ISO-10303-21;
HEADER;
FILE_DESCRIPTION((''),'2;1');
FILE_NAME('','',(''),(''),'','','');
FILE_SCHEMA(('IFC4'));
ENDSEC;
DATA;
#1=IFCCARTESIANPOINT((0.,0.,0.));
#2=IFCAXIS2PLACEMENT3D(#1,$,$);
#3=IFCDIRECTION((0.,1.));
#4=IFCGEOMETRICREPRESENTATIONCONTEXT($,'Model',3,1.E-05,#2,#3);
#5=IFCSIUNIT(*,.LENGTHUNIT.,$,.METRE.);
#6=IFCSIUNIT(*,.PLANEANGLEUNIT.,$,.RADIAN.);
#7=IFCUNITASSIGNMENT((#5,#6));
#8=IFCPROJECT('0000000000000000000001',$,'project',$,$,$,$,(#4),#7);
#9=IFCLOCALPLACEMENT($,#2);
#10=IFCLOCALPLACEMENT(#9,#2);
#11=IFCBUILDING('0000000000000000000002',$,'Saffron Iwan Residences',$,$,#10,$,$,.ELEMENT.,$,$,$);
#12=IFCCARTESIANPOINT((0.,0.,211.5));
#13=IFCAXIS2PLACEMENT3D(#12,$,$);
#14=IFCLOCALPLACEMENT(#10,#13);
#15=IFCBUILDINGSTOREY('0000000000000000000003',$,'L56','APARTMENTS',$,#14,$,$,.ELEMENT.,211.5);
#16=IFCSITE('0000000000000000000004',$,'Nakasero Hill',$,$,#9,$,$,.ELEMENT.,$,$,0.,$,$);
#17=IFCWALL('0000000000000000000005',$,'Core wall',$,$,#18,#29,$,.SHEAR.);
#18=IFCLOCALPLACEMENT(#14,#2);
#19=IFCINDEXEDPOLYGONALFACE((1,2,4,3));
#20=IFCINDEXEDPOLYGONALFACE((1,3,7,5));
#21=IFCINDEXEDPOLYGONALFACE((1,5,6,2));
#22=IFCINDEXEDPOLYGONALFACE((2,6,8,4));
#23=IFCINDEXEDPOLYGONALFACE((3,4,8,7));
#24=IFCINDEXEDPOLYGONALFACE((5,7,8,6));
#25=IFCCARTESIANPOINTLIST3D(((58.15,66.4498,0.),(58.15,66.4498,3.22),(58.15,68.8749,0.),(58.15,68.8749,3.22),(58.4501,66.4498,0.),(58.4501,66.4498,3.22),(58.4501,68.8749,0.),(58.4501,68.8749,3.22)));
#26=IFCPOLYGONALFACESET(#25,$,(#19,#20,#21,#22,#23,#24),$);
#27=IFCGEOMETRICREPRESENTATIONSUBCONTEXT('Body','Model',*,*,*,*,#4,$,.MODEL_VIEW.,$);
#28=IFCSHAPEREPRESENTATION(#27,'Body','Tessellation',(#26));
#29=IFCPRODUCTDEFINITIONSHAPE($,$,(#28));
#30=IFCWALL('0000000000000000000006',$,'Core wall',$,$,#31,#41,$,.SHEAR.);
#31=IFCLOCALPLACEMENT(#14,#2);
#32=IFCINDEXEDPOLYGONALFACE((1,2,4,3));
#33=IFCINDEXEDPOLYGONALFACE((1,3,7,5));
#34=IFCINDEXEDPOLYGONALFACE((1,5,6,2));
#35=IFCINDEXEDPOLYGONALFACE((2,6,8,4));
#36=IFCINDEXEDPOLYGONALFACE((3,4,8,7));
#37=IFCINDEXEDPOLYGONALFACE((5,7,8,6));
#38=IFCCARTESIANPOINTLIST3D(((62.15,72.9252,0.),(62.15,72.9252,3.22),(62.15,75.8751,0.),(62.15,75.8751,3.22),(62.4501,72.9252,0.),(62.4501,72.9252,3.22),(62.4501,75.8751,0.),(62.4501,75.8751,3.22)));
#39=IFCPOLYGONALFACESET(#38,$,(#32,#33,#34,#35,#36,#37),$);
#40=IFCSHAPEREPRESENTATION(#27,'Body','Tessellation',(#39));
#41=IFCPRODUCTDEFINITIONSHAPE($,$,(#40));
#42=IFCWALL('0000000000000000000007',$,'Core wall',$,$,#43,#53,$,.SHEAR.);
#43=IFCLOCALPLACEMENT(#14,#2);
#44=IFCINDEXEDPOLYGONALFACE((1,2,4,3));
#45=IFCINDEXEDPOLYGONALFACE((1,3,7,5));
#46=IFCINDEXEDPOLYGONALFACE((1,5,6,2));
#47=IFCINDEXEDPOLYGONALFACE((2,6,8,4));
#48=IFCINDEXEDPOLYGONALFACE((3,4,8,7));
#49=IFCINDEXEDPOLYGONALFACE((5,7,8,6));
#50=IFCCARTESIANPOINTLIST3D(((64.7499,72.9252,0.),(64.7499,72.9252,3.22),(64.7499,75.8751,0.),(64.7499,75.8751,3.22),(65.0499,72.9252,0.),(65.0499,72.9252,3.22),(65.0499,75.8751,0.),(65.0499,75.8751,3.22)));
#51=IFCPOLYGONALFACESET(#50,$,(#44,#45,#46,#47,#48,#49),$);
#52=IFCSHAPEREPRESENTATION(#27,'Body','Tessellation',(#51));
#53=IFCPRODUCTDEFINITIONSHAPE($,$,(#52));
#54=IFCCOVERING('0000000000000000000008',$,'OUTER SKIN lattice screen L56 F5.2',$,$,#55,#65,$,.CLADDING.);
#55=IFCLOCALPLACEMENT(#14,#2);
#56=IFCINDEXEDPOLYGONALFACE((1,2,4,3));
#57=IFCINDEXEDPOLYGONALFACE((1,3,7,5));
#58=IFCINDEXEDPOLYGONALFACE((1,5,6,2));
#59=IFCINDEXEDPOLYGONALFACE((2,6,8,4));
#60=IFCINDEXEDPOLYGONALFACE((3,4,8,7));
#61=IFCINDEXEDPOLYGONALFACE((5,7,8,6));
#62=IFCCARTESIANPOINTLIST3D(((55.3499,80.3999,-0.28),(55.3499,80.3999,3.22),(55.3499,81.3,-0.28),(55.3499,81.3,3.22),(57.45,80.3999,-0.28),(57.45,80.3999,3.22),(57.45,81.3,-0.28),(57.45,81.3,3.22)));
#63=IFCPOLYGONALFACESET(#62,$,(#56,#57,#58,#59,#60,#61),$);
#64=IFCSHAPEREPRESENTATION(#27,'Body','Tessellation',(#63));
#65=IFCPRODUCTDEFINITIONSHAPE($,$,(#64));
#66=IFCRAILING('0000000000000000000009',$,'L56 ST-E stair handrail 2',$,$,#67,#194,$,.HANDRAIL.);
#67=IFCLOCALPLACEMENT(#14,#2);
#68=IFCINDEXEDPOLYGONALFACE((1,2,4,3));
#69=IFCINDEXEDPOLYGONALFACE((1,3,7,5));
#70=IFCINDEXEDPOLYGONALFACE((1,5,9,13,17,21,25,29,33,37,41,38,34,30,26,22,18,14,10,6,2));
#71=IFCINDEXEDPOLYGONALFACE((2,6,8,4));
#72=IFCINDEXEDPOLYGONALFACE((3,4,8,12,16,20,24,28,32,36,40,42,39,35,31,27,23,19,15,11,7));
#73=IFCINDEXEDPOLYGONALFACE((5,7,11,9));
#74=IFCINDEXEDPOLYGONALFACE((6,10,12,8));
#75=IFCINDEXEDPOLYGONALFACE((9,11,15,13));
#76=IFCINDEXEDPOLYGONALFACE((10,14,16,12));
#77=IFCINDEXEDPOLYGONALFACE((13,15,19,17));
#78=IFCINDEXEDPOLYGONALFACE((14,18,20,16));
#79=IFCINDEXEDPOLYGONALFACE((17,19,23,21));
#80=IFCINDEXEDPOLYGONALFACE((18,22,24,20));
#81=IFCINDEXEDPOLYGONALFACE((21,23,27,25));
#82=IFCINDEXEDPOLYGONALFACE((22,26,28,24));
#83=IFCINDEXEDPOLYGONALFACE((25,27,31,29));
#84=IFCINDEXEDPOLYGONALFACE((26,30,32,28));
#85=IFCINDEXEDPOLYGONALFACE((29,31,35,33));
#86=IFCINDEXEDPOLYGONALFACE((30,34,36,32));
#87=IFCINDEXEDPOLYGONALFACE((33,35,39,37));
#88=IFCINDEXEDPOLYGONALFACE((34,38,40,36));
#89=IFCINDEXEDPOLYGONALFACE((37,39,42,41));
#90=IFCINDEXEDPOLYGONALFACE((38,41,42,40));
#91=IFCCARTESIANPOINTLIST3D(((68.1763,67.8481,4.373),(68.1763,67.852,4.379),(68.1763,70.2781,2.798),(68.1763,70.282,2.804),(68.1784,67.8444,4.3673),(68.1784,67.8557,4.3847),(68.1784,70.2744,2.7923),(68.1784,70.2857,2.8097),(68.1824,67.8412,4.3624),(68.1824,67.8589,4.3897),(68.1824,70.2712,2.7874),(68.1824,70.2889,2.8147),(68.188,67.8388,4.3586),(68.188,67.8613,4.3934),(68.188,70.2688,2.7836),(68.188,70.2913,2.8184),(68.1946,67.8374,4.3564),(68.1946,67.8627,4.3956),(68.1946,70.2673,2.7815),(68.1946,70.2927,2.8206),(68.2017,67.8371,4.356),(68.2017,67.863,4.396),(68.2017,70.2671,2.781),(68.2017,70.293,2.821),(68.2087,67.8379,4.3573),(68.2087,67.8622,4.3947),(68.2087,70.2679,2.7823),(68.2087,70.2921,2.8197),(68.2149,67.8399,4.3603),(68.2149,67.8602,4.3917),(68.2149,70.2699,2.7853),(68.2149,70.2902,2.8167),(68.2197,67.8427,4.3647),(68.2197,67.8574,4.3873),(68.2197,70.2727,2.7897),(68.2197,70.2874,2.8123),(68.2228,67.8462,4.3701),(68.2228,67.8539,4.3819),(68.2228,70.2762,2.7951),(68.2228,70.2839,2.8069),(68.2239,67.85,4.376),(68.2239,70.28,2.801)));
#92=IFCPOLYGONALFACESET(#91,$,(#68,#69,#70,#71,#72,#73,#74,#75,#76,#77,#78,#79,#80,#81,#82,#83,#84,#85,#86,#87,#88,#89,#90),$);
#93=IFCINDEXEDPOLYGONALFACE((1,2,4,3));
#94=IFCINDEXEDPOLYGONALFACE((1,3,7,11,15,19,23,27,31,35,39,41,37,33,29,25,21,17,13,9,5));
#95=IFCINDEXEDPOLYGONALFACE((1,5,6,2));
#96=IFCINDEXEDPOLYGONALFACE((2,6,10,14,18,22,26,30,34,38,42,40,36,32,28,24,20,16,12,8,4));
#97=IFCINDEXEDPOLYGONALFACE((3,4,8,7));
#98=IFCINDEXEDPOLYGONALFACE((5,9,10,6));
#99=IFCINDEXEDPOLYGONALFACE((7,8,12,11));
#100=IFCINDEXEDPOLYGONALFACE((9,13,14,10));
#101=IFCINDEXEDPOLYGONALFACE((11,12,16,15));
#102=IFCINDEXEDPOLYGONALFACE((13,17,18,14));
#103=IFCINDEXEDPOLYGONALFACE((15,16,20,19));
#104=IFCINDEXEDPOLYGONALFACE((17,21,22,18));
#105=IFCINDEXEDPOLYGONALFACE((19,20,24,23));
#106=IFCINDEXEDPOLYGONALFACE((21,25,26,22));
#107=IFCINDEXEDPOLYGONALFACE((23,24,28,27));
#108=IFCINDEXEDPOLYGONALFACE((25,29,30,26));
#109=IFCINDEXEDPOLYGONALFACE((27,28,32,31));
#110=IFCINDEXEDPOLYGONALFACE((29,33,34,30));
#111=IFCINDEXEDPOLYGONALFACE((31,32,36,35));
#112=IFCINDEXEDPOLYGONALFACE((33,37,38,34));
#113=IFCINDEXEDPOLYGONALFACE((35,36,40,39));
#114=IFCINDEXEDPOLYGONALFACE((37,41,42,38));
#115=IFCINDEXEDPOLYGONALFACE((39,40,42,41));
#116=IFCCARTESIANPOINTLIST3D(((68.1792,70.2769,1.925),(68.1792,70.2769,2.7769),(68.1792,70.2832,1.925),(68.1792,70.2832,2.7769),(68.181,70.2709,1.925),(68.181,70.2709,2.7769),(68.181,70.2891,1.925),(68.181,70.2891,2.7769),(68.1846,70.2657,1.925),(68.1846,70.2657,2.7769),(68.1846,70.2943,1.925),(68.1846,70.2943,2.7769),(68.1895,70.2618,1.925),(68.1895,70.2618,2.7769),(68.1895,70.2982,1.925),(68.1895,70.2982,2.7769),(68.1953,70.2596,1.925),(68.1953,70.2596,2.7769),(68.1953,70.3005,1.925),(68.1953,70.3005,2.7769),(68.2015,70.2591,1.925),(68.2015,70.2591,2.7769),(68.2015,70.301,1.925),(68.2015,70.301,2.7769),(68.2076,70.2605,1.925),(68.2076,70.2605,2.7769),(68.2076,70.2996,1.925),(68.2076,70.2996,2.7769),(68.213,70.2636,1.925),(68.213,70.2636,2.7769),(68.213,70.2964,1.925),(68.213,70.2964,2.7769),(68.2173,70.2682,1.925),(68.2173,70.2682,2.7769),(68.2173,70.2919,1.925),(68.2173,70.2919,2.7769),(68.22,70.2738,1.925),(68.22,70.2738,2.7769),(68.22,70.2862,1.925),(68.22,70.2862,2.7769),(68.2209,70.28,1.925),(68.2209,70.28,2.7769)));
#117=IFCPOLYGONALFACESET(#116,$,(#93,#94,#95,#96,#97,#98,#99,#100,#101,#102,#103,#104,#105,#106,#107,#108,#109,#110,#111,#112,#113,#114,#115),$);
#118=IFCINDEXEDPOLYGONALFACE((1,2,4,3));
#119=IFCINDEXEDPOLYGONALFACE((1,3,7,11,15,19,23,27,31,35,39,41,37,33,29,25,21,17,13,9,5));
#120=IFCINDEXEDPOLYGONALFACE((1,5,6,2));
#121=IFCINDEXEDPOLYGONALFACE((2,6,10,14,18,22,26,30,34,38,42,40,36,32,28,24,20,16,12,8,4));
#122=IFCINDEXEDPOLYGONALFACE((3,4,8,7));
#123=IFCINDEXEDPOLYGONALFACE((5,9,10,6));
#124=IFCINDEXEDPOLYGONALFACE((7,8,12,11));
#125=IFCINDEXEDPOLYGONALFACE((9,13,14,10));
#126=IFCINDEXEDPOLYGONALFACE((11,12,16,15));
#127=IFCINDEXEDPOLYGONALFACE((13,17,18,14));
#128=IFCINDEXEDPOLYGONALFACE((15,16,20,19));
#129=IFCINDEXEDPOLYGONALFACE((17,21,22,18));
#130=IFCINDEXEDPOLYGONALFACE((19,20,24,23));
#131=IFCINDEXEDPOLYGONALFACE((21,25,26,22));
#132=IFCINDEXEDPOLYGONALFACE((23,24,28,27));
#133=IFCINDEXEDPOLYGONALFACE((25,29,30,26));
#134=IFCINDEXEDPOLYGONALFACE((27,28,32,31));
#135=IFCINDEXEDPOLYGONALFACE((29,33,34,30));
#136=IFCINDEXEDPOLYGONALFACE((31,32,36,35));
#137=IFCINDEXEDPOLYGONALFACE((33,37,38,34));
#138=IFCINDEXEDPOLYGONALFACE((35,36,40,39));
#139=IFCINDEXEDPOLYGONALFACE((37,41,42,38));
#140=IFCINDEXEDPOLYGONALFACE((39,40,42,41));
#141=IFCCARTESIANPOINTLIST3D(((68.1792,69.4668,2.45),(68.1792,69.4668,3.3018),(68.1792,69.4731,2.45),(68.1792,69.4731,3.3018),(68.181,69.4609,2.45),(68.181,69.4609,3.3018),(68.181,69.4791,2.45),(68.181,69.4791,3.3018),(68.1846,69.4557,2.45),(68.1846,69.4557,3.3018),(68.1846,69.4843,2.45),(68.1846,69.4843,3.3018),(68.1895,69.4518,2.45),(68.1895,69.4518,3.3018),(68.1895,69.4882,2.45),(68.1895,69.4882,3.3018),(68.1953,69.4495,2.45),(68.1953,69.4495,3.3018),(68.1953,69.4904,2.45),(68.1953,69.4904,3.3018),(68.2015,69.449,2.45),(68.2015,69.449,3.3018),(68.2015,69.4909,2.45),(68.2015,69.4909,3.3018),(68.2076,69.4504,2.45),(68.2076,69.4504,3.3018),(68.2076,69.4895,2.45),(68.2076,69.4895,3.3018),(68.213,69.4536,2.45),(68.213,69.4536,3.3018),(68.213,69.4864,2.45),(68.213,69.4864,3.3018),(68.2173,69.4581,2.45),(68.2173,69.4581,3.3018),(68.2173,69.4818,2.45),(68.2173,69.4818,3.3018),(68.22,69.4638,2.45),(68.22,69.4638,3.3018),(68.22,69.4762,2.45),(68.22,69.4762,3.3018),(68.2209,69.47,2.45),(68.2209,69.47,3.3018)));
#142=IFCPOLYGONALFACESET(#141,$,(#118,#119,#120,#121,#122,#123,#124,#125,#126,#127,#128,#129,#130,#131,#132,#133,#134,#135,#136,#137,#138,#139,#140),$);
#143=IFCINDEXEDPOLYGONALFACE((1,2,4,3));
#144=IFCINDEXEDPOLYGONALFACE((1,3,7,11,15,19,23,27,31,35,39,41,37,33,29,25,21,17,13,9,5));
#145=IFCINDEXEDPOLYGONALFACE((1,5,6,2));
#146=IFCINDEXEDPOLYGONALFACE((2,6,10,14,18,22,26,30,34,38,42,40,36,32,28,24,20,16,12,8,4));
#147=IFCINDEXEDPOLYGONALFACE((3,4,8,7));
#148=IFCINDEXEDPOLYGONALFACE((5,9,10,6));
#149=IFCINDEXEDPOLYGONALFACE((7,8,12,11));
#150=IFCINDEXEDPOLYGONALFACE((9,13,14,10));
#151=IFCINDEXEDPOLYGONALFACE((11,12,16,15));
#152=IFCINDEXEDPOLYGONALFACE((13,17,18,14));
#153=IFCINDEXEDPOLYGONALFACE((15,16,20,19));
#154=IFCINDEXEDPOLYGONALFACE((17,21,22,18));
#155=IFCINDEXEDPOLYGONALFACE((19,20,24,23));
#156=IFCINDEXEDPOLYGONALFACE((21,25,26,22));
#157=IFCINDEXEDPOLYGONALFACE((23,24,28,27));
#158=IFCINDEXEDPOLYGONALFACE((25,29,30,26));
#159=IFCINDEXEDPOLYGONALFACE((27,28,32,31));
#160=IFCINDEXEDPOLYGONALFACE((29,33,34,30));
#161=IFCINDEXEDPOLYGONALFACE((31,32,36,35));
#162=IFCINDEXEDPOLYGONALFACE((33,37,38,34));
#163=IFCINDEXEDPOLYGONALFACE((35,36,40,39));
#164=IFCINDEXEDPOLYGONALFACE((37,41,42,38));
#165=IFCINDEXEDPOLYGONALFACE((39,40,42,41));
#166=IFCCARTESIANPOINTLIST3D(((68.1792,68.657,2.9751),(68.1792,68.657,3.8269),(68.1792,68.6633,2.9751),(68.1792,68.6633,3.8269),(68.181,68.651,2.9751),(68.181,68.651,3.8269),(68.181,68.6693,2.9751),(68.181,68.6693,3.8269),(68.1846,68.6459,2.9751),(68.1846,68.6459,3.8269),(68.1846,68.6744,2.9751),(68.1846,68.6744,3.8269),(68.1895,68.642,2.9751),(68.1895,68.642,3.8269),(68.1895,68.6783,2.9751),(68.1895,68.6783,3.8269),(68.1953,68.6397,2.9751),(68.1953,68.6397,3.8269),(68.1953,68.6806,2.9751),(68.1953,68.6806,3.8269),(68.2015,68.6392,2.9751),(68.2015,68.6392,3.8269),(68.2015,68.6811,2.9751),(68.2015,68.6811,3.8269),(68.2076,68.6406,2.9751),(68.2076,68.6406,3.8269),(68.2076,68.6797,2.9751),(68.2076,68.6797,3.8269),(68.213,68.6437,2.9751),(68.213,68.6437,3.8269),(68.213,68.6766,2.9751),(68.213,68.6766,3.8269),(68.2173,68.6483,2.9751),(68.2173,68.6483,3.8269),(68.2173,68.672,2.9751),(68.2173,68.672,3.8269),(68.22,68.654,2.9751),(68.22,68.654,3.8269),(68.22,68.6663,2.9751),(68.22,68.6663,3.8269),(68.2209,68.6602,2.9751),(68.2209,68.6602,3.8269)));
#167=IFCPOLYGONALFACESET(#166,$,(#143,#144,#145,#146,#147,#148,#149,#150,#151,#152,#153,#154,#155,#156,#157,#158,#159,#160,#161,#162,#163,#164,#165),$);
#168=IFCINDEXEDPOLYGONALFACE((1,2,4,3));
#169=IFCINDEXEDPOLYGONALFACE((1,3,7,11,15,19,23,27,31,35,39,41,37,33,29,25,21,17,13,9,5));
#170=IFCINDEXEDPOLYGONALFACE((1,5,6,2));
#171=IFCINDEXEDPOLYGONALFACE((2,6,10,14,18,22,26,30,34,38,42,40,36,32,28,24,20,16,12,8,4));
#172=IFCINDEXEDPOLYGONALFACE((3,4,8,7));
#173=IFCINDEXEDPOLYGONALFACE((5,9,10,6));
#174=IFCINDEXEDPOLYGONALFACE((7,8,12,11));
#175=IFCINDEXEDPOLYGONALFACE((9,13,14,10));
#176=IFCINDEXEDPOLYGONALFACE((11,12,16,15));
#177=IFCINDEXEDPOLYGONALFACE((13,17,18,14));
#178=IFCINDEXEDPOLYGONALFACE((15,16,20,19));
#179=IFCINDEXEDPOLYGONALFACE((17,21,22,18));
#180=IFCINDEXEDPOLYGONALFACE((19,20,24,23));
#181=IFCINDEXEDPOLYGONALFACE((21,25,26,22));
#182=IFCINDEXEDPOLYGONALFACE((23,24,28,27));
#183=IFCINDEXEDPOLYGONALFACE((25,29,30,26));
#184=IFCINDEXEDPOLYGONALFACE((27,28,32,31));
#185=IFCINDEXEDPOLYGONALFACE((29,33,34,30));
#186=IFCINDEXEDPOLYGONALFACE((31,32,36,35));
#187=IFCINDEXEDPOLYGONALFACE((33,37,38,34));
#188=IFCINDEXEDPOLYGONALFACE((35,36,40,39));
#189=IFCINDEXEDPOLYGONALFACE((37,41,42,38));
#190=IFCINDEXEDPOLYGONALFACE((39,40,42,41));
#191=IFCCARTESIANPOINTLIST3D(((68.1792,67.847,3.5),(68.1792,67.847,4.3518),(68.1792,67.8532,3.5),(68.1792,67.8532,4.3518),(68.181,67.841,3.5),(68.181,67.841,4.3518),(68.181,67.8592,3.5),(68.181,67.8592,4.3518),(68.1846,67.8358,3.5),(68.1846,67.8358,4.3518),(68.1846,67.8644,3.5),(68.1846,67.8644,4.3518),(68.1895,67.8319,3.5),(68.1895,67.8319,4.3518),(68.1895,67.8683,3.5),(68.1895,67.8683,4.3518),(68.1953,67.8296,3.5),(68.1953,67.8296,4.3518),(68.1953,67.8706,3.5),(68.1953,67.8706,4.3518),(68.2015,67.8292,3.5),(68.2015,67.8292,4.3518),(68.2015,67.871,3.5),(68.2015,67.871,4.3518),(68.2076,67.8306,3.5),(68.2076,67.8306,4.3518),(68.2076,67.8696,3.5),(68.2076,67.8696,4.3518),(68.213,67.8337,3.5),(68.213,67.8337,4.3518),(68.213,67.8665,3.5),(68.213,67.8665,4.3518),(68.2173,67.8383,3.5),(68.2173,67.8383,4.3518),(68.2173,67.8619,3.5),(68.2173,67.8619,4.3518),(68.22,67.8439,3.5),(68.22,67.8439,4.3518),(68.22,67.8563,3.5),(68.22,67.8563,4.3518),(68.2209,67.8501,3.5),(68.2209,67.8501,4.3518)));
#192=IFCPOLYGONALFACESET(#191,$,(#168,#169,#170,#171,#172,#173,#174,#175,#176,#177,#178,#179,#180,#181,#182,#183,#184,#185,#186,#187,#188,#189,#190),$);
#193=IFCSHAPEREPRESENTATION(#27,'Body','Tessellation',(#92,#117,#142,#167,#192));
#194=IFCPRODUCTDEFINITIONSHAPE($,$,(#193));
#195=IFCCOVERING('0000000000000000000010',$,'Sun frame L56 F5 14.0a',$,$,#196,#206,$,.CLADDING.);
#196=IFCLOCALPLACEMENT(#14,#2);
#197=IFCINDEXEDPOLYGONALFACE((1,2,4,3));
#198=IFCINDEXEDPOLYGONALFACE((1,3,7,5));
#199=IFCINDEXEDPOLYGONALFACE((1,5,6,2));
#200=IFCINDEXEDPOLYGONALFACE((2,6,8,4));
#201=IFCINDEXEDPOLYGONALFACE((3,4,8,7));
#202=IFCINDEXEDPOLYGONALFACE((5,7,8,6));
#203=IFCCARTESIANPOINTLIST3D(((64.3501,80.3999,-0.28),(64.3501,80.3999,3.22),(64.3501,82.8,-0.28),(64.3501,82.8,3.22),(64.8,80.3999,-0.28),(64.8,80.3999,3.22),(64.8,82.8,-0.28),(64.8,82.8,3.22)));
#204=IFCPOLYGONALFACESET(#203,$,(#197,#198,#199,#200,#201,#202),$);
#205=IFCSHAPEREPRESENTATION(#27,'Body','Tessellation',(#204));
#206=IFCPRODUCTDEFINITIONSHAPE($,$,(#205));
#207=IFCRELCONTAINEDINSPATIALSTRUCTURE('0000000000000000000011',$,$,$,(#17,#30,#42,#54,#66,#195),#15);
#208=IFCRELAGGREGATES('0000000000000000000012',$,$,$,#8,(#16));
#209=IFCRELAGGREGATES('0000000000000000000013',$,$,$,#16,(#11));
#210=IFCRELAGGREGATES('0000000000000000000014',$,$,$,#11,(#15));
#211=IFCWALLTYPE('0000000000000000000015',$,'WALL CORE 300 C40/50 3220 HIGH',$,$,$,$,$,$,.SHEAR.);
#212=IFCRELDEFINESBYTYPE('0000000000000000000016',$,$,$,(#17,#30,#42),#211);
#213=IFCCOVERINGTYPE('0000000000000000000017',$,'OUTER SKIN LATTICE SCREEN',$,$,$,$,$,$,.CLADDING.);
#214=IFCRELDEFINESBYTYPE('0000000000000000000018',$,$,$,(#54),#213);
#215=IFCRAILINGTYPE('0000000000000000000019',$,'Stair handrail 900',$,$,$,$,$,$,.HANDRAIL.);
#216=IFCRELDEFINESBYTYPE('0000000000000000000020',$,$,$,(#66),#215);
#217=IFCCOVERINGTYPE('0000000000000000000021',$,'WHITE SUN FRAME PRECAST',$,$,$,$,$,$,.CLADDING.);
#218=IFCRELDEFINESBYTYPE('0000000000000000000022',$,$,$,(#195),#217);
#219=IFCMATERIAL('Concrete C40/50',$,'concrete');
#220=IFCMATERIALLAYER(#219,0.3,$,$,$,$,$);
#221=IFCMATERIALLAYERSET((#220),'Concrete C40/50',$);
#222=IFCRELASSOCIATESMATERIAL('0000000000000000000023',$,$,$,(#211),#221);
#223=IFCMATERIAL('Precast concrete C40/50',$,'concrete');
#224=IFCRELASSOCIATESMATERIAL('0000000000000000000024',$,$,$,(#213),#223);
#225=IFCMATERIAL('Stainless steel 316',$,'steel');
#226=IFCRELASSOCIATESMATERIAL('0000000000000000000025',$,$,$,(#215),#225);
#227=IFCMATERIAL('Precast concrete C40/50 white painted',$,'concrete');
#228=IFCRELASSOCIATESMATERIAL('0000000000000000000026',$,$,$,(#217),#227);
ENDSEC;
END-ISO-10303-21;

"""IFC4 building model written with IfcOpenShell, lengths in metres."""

from ifc_helpers import new_model, si_unit, direction, frame, frame_2d, origin, origin_2d, place, context, subcontext, project, spatial, polyline, rectangle, circle, outline, extrude, material, layer, layer_set, type_object, element, save


model = new_model("IFC4")

# Units and contexts
model_context = context("Model", 3, precision=1e-05, world=origin(), true_north=direction((0.0, 1.0)))
body_context = subcontext(model_context, "Body", "Model", "MODEL_VIEW")
ifc_project = project(units=[si_unit("LENGTHUNIT", "METRE"), si_unit("PLANEANGLEUNIT", "RADIAN")], contexts=[model_context])

# Site, building, storey
site_placement = place(None, origin())
site = spatial("IfcSite", under=ifc_project, at=site_placement, Name="Nakasero Hill", CompositionType="ELEMENT", RefElevation=0.0)
building_placement = place(site_placement, origin())
building = spatial("IfcBuilding", under=site, at=building_placement, Name="Saffron Iwan Residences", CompositionType="ELEMENT")
storey_placement = place(building_placement, frame((0.0, 0.0, 211.5)))
storey = spatial("IfcBuildingStorey", under=building, at=storey_placement, Name="L56", Description="APARTMENTS", CompositionType="ELEMENT", Elevation=211.5)

# Shared definitions
ifc_material_1 = material(Name="Concrete C40/50", Category="concrete")

# Shared definitions
ifc_layer_1 = layer(ifc_material_1, 0.3)
ifc_layer_set_1 = layer_set([ifc_layer_1], Name="Concrete C40/50")
wall_type_1 = type_object("IfcWallType", Name="WALL CORE 300 C40/50 3220 HIGH", PredefinedType="SHEAR", material=ifc_layer_set_1)

# Walls
wall_1_placement = place(storey_placement, frame((58.3, 66.45, 0.0), z_axis=(0.0, 0.0, 1.0), x_axis=(0.0, 1.0, 0.0)))
element("IfcWall", 1, at=wall_1_placement, inside=storey, type_object=wall_type_1, Name="Core wall", PredefinedType="SHEAR", context=body_context, shape_type="SweptSolid", body=[
    extrude(rectangle(XDim=2.425, YDim=0.3, at=frame_2d((1.2124, 0.0))), origin(), (0.0, 0.0, 1.0), 3.22),
])
for number, where, z_axis, x_axis, name in (
    (2, (62.3, 72.925, 0.0), (0.0, 0.0, 1.0), (0.0, 1.0, 0.0), "Core wall"),
    (3, (64.8999, 72.925, 0.0), (0.0, 0.0, 1.0), (0.0, 1.0, 0.0), "Core wall"),
):
    element("IfcWall", number, at=place(storey_placement, frame(where, z_axis=z_axis, x_axis=x_axis)), inside=storey, type_object=wall_type_1, Name=name, PredefinedType="SHEAR", context=body_context, shape_type="SweptSolid", body=[
        extrude(rectangle(XDim=2.95, YDim=0.3, at=frame_2d((1.4751, 0.0))), origin(), (0.0, 0.0, 1.0), 3.22),
    ])

# Covering
ifc_material_2 = material(Name="Precast concrete C40/50", Category="concrete")
covering_type_1 = type_object("IfcCoveringType", Name="OUTER SKIN LATTICE SCREEN", PredefinedType="CLADDING", material=ifc_material_2)
covering_placement = place(storey_placement, frame((57.45, 80.3999, -0.28), z_axis=(0.0, 1.0, 0.0), x_axis=(-1.0, 0.0, 0.0)))
element("IfcCovering", 4, at=covering_placement, inside=storey, type_object=covering_type_1, Name="OUTER SKIN lattice screen L56 F5.2", PredefinedType="CLADDING", context=body_context, shape_type="SweptSolid", body=[
    extrude(outline(polyline([(0.0, 0.0), (2.1001, 0.0), (2.1001, 3.5), (0.0, 3.5), (0.0, 0.0)])), origin(), (0.0, 0.0, 1.0), 0.9001),
])

# Railing
ifc_material_3 = material(Name="Stainless steel 316", Category="steel")
railing_type = type_object("IfcRailingType", Name="Stair handrail 900", PredefinedType="HANDRAIL", material=ifc_material_3)
railing_placement = place(storey_placement, frame((68.2, 70.28, 1.925)))
element("IfcRailing", 5, at=railing_placement, inside=storey, type_object=railing_type, Name="L56 ST-E stair handrail 2", PredefinedType="HANDRAIL", context=body_context, shape_type="SweptSolid", body=[
    extrude(circle(Radius=0.0239, at=origin_2d()), frame((0.0, 0.0, 0.876), z_axis=(0.0, -0.839154, 0.543894), x_axis=(1.0, 0.0, 0.0)), (0.0, 0.0, 1.0), 2.8958),
    extrude(circle(Radius=0.021, at=origin_2d()), origin(), (0.0, 0.0, 1.0), 0.8518),
    extrude(circle(Radius=0.021, at=origin_2d()), frame((0.0, -0.8101, 0.5249)), (0.0, 0.0, 1.0), 0.8518),
    extrude(circle(Radius=0.021, at=origin_2d()), frame((0.0, -1.6199, 1.05)), (0.0, 0.0, 1.0), 0.8518),
    extrude(circle(Radius=0.021, at=origin_2d()), frame((0.0, -2.4299, 1.575)), (0.0, 0.0, 1.0), 0.8518),
])

# Covering
ifc_material_4 = material(Name="Precast concrete C40/50 white painted", Category="concrete")
covering_type_2 = type_object("IfcCoveringType", Name="WHITE SUN FRAME PRECAST", PredefinedType="CLADDING", material=ifc_material_4)
for number, where, z_axis, x_axis, name in (
    (6, (64.8, 80.3999, -0.28), (0.0, 1.0, 0.0), (-1.0, 0.0, 0.0), "Sun frame L56 F5 14.0a"),
):
    element("IfcCovering", number, at=place(storey_placement, frame(where, z_axis=z_axis, x_axis=x_axis)), inside=storey, type_object=covering_type_2, Name=name, PredefinedType="CLADDING", context=body_context, shape_type="SweptSolid", body=[
        extrude(outline(polyline([(0.0, 0.0), (0.45, 0.0), (0.45, 3.5), (0.0, 3.5), (0.0, 0.0)])), origin(), (0.0, 0.0, 1.0), 2.4001),
    ])

save(model, "model.ifc")
